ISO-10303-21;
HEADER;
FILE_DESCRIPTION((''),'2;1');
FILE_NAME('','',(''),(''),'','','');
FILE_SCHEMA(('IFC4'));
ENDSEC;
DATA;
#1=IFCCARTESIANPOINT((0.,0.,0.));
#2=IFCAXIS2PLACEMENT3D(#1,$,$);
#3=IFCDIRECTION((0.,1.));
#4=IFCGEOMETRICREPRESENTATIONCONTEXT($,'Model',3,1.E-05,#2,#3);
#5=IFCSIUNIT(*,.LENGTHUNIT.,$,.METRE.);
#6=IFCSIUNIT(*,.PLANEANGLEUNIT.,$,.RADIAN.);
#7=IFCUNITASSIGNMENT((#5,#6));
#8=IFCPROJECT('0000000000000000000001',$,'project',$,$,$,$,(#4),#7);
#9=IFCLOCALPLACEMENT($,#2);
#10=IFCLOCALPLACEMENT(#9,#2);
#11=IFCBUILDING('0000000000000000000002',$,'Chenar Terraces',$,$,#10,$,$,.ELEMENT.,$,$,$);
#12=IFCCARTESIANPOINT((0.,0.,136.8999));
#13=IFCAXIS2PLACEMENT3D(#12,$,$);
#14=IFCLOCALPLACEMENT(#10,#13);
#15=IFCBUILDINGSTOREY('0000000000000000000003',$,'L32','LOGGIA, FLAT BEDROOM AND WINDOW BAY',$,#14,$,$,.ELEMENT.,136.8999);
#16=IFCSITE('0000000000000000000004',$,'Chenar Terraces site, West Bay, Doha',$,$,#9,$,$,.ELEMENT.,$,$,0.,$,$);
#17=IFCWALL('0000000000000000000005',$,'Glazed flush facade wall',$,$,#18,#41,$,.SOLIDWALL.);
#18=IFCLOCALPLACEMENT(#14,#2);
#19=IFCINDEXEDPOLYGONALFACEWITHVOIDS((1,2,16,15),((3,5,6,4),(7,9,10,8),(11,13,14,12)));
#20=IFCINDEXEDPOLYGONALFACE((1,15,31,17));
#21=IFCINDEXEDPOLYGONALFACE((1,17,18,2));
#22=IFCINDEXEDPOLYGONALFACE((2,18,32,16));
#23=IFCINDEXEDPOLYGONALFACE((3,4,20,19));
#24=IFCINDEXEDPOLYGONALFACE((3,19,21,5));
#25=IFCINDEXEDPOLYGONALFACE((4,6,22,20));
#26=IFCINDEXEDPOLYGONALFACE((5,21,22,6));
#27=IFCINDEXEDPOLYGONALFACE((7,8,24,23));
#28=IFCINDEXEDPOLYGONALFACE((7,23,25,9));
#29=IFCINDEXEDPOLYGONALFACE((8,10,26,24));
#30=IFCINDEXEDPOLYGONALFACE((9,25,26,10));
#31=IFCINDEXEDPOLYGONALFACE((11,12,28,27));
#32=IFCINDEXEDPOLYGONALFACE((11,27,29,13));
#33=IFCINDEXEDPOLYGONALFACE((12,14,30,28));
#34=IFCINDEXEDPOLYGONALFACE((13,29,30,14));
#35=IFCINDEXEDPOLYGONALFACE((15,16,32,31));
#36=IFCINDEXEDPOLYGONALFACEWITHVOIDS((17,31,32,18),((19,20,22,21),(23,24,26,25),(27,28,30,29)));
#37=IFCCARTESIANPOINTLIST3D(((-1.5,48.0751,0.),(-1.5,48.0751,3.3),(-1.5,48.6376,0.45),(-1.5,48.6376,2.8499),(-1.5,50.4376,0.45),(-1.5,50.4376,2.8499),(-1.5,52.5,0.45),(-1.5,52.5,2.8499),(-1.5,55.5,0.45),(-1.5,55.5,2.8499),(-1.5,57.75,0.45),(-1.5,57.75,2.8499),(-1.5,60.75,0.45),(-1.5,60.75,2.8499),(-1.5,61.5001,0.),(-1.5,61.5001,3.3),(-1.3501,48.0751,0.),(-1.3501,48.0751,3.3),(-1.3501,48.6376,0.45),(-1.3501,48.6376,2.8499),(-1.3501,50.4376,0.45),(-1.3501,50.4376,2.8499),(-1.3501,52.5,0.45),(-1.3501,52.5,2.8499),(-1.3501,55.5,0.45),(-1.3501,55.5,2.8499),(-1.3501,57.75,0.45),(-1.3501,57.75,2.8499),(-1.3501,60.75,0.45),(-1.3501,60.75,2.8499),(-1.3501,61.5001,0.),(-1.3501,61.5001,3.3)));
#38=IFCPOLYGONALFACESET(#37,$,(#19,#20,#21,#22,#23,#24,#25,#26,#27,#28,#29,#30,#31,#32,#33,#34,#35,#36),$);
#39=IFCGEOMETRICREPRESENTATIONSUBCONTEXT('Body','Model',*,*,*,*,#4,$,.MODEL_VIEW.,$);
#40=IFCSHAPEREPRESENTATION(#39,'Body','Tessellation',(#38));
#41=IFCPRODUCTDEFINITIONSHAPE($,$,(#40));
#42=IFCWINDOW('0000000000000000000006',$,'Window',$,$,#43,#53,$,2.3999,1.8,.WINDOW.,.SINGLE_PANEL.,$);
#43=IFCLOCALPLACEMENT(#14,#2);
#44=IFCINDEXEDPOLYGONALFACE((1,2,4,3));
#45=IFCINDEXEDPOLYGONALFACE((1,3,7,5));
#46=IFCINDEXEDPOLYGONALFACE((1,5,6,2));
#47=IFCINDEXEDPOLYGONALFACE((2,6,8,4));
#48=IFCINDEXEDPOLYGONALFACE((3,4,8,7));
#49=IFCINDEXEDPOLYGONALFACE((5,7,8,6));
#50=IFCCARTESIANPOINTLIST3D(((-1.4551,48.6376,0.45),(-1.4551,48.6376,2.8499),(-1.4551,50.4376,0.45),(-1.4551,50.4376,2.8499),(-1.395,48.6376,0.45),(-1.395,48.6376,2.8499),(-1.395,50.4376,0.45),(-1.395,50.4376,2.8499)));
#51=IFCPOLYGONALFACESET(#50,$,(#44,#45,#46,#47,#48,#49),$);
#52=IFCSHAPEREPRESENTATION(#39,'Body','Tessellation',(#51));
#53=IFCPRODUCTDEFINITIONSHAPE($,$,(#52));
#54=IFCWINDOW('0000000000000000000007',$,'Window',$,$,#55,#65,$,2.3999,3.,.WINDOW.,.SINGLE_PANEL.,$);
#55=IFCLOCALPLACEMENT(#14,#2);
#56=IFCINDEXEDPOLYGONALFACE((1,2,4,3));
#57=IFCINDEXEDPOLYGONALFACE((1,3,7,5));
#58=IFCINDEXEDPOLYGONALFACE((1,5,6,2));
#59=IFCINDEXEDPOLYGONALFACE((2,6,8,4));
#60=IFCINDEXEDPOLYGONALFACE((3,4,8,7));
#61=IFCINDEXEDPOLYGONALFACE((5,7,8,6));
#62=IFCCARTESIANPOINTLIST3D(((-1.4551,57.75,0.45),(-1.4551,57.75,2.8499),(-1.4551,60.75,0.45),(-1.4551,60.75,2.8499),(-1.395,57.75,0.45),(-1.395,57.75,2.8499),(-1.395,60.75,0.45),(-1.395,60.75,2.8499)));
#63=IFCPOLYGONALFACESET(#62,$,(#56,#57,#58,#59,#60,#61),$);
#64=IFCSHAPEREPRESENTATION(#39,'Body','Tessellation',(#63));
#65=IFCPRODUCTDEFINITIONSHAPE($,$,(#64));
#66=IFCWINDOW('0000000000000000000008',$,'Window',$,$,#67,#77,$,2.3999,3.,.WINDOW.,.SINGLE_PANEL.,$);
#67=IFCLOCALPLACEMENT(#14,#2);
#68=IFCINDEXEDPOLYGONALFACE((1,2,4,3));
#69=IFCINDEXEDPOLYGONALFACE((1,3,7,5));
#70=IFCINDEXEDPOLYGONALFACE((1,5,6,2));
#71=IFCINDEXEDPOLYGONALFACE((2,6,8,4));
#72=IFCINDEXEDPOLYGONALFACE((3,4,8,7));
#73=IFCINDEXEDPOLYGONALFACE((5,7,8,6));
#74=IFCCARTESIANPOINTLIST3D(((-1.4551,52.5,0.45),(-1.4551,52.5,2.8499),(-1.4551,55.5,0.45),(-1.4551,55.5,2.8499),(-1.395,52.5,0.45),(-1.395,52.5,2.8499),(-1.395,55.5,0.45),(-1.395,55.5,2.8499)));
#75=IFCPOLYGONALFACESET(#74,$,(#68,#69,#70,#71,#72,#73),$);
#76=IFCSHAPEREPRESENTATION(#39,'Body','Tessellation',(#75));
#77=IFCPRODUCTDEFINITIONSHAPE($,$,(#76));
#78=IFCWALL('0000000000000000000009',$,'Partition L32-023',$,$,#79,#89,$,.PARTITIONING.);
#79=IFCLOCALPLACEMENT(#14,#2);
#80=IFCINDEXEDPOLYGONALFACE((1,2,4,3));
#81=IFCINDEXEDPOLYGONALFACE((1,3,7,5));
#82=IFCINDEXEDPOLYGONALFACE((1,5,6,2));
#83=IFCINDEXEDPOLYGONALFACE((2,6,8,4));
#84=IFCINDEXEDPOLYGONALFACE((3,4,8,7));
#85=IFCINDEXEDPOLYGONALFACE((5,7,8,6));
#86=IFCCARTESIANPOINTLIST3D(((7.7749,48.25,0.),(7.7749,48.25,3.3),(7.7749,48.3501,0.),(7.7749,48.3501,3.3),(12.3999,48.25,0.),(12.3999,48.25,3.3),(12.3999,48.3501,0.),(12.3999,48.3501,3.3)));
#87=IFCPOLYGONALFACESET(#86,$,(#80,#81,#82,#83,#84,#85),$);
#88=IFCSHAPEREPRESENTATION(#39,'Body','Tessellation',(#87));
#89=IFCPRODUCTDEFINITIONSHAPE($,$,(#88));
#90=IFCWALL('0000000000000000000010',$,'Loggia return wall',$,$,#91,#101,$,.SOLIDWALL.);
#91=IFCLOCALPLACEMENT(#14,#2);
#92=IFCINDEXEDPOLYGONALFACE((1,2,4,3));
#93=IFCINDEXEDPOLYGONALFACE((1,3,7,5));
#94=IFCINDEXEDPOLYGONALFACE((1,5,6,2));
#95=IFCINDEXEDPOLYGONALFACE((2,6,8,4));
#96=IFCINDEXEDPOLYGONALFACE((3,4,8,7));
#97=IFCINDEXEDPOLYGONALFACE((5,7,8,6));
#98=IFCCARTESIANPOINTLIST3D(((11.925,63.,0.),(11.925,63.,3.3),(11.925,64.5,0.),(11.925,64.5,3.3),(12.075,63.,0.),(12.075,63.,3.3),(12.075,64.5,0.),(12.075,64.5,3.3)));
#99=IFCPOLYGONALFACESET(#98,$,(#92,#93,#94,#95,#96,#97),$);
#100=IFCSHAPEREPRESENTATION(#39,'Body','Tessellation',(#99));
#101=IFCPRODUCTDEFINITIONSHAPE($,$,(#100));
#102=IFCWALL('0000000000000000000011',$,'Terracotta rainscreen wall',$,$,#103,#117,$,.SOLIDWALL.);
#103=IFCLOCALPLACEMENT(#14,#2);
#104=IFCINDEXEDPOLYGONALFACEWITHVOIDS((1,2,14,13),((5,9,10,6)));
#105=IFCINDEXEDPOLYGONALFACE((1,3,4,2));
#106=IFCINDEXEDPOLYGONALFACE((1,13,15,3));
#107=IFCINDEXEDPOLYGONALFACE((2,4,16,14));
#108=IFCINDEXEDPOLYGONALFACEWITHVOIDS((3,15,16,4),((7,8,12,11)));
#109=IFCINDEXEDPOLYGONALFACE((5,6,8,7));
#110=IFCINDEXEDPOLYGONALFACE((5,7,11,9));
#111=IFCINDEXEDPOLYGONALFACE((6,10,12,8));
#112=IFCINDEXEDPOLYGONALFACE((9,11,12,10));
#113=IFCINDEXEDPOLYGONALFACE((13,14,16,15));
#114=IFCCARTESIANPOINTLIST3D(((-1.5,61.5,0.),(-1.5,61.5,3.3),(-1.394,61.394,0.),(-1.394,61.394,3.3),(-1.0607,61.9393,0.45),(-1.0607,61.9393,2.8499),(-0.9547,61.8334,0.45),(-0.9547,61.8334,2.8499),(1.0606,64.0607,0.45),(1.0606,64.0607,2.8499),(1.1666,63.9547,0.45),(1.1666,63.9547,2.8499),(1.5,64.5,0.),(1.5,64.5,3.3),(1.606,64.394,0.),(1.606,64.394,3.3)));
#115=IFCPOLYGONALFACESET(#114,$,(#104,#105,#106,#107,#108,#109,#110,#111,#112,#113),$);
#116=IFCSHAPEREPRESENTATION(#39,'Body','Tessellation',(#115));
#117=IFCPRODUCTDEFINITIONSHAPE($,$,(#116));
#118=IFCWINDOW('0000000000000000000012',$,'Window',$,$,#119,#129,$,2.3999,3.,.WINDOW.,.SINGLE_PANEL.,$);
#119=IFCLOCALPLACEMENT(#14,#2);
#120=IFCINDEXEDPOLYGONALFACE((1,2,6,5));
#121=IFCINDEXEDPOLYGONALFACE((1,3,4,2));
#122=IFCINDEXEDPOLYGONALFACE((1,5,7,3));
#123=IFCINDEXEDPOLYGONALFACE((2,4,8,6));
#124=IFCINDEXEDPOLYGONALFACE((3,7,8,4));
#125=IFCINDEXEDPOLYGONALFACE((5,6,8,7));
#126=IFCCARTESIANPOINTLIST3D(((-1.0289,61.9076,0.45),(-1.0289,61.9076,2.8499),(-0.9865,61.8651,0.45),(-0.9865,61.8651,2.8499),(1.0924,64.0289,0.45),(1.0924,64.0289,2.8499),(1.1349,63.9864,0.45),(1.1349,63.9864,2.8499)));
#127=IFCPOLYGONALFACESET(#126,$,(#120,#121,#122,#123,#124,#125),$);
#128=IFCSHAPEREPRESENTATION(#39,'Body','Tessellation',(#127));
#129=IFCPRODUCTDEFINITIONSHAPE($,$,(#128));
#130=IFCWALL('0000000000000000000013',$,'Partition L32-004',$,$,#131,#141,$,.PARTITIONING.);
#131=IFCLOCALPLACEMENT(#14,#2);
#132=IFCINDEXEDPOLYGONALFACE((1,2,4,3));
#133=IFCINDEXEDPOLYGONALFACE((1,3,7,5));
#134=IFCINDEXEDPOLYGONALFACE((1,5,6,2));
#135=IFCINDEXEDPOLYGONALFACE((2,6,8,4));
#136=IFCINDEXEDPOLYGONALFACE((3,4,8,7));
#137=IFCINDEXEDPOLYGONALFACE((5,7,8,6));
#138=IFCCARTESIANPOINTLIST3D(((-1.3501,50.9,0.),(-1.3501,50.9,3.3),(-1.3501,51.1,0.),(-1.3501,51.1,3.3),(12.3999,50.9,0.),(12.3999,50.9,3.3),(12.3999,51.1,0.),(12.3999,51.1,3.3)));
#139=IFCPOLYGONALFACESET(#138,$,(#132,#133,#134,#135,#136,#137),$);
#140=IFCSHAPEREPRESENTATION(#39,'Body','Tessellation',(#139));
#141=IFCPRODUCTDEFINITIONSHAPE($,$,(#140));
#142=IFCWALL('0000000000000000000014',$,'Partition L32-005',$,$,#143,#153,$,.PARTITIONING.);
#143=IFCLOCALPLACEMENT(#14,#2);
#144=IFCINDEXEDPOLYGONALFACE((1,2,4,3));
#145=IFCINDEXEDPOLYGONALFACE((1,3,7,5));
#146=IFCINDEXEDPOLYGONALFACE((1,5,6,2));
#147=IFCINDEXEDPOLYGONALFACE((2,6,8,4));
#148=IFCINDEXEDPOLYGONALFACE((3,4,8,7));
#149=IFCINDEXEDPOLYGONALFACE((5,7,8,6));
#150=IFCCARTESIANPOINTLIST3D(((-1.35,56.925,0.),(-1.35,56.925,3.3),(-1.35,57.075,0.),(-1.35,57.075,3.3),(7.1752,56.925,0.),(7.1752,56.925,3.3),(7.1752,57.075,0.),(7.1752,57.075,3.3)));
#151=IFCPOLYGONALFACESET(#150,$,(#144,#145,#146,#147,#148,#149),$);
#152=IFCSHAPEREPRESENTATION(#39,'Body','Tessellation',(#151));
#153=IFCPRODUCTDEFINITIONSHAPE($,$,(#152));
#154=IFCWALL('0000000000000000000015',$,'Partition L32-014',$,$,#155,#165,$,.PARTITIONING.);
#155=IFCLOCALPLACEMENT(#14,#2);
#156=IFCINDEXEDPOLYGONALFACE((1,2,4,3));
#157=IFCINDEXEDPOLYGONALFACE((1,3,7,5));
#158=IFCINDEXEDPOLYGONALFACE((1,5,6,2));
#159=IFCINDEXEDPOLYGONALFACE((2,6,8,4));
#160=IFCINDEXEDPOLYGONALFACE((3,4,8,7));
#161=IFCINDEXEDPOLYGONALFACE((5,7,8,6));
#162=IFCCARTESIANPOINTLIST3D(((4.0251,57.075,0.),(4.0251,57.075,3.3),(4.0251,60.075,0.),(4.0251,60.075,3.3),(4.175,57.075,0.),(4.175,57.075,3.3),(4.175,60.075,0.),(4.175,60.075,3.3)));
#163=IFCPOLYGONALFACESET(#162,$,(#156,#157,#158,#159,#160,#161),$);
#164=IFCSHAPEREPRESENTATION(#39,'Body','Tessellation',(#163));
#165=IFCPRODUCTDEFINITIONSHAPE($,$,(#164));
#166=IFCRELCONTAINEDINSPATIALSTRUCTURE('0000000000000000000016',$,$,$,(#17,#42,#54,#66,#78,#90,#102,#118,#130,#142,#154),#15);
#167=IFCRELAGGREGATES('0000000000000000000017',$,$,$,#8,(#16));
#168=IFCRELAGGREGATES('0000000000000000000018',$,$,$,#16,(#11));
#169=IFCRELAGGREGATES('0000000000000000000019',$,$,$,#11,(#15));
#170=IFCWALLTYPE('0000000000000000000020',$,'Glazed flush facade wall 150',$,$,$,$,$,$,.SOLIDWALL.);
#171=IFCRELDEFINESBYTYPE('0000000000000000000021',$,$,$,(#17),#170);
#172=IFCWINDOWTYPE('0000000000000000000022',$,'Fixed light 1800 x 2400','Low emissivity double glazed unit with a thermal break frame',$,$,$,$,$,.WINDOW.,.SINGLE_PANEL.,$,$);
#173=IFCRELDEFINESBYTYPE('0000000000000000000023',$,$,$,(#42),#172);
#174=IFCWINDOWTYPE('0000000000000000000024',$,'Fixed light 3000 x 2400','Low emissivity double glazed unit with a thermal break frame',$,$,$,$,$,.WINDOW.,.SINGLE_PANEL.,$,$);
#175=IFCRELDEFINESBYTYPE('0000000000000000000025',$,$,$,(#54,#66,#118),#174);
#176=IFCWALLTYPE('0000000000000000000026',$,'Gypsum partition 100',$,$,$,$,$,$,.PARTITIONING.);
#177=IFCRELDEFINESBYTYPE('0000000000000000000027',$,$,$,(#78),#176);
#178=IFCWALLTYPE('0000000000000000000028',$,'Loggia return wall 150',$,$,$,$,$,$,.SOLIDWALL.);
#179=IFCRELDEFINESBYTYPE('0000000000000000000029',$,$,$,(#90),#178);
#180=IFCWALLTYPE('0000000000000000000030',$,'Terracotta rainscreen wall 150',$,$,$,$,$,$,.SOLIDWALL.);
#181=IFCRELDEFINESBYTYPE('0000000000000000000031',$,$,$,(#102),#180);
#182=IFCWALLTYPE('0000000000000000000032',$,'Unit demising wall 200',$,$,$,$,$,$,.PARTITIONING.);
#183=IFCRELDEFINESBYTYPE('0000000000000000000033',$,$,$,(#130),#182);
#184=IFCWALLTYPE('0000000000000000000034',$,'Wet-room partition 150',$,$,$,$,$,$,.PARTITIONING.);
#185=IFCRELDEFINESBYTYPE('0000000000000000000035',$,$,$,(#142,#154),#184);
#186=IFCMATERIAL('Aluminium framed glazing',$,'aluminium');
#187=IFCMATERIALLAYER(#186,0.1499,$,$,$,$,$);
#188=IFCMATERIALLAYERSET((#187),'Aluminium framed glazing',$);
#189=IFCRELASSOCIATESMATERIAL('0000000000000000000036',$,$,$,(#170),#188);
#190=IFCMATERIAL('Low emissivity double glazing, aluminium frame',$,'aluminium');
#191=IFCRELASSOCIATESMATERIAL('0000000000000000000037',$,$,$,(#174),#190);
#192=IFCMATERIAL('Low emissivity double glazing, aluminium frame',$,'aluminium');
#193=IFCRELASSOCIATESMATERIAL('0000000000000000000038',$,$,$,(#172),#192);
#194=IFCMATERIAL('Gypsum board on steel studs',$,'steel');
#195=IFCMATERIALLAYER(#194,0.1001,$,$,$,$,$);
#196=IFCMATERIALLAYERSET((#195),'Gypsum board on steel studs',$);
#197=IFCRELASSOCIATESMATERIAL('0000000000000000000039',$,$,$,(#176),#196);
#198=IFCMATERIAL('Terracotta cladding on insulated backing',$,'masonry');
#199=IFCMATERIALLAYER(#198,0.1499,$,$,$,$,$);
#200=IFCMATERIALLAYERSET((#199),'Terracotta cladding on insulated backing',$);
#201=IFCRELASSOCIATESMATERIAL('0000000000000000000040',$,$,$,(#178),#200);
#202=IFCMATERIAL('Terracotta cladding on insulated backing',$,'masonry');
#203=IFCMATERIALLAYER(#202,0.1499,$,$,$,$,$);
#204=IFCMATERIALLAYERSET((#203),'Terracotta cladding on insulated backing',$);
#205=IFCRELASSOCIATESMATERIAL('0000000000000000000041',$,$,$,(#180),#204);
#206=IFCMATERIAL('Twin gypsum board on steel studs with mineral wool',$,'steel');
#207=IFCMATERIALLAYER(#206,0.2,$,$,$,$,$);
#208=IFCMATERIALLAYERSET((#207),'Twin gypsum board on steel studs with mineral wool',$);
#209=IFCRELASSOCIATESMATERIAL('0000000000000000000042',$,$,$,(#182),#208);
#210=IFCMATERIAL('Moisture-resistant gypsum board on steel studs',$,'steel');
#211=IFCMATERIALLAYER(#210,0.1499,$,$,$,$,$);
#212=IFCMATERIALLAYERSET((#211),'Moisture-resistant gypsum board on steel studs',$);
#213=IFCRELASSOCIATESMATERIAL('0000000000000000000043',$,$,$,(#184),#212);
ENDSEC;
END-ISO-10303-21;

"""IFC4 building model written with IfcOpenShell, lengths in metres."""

from ifc_helpers import new_model, si_unit, direction, frame, frame_2d, origin, place, context, subcontext, project, spatial, rectangle, extrude, material, layer, layer_set, type_object, element, fill, save


model = new_model("IFC4")

# Units and contexts
model_context = context("Model", 3, precision=1e-05, world=origin(), true_north=direction((0.0, 1.0)))
body_context = subcontext(model_context, "Body", "Model", "MODEL_VIEW")
ifc_project = project(units=[si_unit("LENGTHUNIT", "METRE"), si_unit("PLANEANGLEUNIT", "RADIAN")], contexts=[model_context])

# Site, building, storey
site_placement = place(None, origin())
site = spatial("IfcSite", under=ifc_project, at=site_placement, Name="Chenar Terraces site, West Bay, Doha", CompositionType="ELEMENT", RefElevation=0.0)
building_placement = place(site_placement, origin())
building = spatial("IfcBuilding", under=site, at=building_placement, Name="Chenar Terraces", CompositionType="ELEMENT")
storey_placement = place(building_placement, frame((0.0, 0.0, 136.8999)))
storey = spatial("IfcBuildingStorey", under=building, at=storey_placement, Name="L32", Description="LOGGIA, FLAT BEDROOM AND WINDOW BAY", CompositionType="ELEMENT", Elevation=136.8999)

# Wall, openings, windows
ifc_material_1 = material(Name="Aluminium framed glazing", Category="aluminium")
ifc_layer_1 = layer(ifc_material_1, 0.1499)
ifc_layer_set_1 = layer_set([ifc_layer_1], Name="Aluminium framed glazing")
wall_type_1 = type_object("IfcWallType", Name="Glazed flush facade wall 150", PredefinedType="SOLIDWALL", material=ifc_layer_set_1)
ifc_material_2 = material(Name="Low emissivity double glazing, aluminium frame", Category="aluminium")
window_type_1 = type_object("IfcWindowType", Name="Fixed light 3000 x 2400", Description="Low emissivity double glazed unit with a thermal break frame", PartitioningType="SINGLE_PANEL", PredefinedType="WINDOW", material=ifc_material_2)
wall_1_placement = place(storey_placement, frame((-1.425, 61.5, 0.0), z_axis=(0.0, 0.0, 1.0), x_axis=(0.0, -1.0, 0.0)))
wall_1 = element("IfcWall", 1, at=wall_1_placement, inside=storey, type_object=wall_type_1, Name="Glazed flush facade wall", PredefinedType="SOLIDWALL", context=body_context, shape_type="SweptSolid", body=[
    extrude(rectangle(XDim=13.425, YDim=0.1499, at=frame_2d((6.7124, 0.0))), origin(), (0.0, 0.0, 1.0), 3.3),
])
opening_1_placement = place(wall_1_placement, frame((0.75, 0.0, 0.45)))
opening_1 = element("IfcOpeningElement", 2, at=opening_1_placement, cuts=wall_1, PredefinedType="OPENING", context=body_context, shape_type="SweptSolid", body=[
    extrude(rectangle(XDim=3.0, YDim=2.3999, at=frame_2d((1.5, 1.2))), frame((0.0, 0.085, 0.0), z_axis=(0.0, -1.0, 0.0), x_axis=(1.0, 0.0, 0.0)), (0.0, 0.0, 1.0), 0.1699),
])
opening_2_placement = place(wall_1_placement, frame((6.0, 0.0, 0.45)))
opening_2 = element("IfcOpeningElement", 3, at=opening_2_placement, cuts=wall_1, PredefinedType="OPENING", context=body_context, shape_type="SweptSolid", body=[
    extrude(rectangle(XDim=3.0, YDim=2.3999, at=frame_2d((1.5, 1.2))), frame((0.0, 0.085, 0.0), z_axis=(0.0, -1.0, 0.0), x_axis=(1.0, 0.0, 0.0)), (0.0, 0.0, 1.0), 0.1699),
])
opening_3_placement = place(wall_1_placement, frame((11.0625, 0.0, 0.45)))
opening_3 = element("IfcOpeningElement", 4, at=opening_3_placement, cuts=wall_1, PredefinedType="OPENING", context=body_context, shape_type="SweptSolid", body=[
    extrude(rectangle(XDim=1.8, YDim=2.3999, at=frame_2d((0.8999, 1.2))), frame((0.0, 0.085, 0.0), z_axis=(0.0, -1.0, 0.0), x_axis=(1.0, 0.0, 0.0)), (0.0, 0.0, 1.0), 0.1699),
])
ifc_material_3 = material(Name="Low emissivity double glazing, aluminium frame", Category="aluminium")
window_type_2 = type_object("IfcWindowType", Name="Fixed light 1800 x 2400", Description="Low emissivity double glazed unit with a thermal break frame", PartitioningType="SINGLE_PANEL", PredefinedType="WINDOW", material=ifc_material_3)
window_1_placement = place(opening_3_placement, origin())
window_1 = element("IfcWindow", 5, at=window_1_placement, inside=storey, type_object=window_type_2, Name="Window", OverallHeight=2.3999, OverallWidth=1.8, PartitioningType="SINGLE_PANEL", PredefinedType="WINDOW", context=body_context, shape_type="SweptSolid", body=[
    extrude(rectangle(XDim=1.8, YDim=2.3999, at=frame_2d((0.8999, 1.2))), frame((0.0, 0.03, 0.0), z_axis=(0.0, -1.0, 0.0), x_axis=(1.0, 0.0, 0.0)), (0.0, 0.0, 1.0), 0.0601),
])
fill(opening_3, window_1)
window_2_placement = place(opening_1_placement, origin())
window_2 = element("IfcWindow", 6, at=window_2_placement, inside=storey, type_object=window_type_1, Name="Window", OverallHeight=2.3999, OverallWidth=3.0, PartitioningType="SINGLE_PANEL", PredefinedType="WINDOW", context=body_context, shape_type="SweptSolid", body=[
    extrude(rectangle(XDim=3.0, YDim=2.3999, at=frame_2d((1.5, 1.2))), frame((0.0, 0.03, 0.0), z_axis=(0.0, -1.0, 0.0), x_axis=(1.0, 0.0, 0.0)), (0.0, 0.0, 1.0), 0.0601),
])
fill(opening_1, window_2)
window_3_placement = place(opening_2_placement, origin())
window_3 = element("IfcWindow", 7, at=window_3_placement, inside=storey, type_object=window_type_1, Name="Window", OverallHeight=2.3999, OverallWidth=3.0, PartitioningType="SINGLE_PANEL", PredefinedType="WINDOW", context=body_context, shape_type="SweptSolid", body=[
    extrude(rectangle(XDim=3.0, YDim=2.3999, at=frame_2d((1.5, 1.2))), frame((0.0, 0.03, 0.0), z_axis=(0.0, -1.0, 0.0), x_axis=(1.0, 0.0, 0.0)), (0.0, 0.0, 1.0), 0.0601),
])
fill(opening_2, window_3)

# Walls
ifc_material_4 = material(Name="Gypsum board on steel studs", Category="steel")
ifc_layer_2 = layer(ifc_material_4, 0.1001)
ifc_layer_set_2 = layer_set([ifc_layer_2], Name="Gypsum board on steel studs")
wall_type_2 = type_object("IfcWallType", Name="Gypsum partition 100", PredefinedType="PARTITIONING", material=ifc_layer_set_2)
wall_2_placement = place(storey_placement, frame((7.7749, 48.3, 0.0), z_axis=(0.0, 0.0, 1.0), x_axis=(1.0, 0.0, 0.0)))
element("IfcWall", 8, at=wall_2_placement, inside=storey, type_object=wall_type_2, Name="Partition L32-023", PredefinedType="PARTITIONING", context=body_context, shape_type="SweptSolid", body=[
    extrude(rectangle(XDim=4.625, YDim=0.1001, at=frame_2d((2.3125, 0.0))), origin(), (0.0, 0.0, 1.0), 3.3),
])
ifc_material_5 = material(Name="Terracotta cladding on insulated backing", Category="masonry")
ifc_layer_3 = layer(ifc_material_5, 0.1499)
ifc_layer_set_3 = layer_set([ifc_layer_3], Name="Terracotta cladding on insulated backing")
wall_type_3 = type_object("IfcWallType", Name="Loggia return wall 150", PredefinedType="SOLIDWALL", material=ifc_layer_set_3)
wall_3_placement = place(storey_placement, frame((12.0, 64.5, 0.0), z_axis=(0.0, 0.0, 1.0), x_axis=(0.0, -1.0, 0.0)))
element("IfcWall", 9, at=wall_3_placement, inside=storey, type_object=wall_type_3, Name="Loggia return wall", PredefinedType="SOLIDWALL", context=body_context, shape_type="SweptSolid", body=[
    extrude(rectangle(XDim=1.5, YDim=0.1499, at=frame_2d((0.75, 0.0))), origin(), (0.0, 0.0, 1.0), 3.3),
])

# Wall, opening, window
ifc_material_6 = material(Name="Terracotta cladding on insulated backing", Category="masonry")
ifc_layer_4 = layer(ifc_material_6, 0.1499)
ifc_layer_set_4 = layer_set([ifc_layer_4], Name="Terracotta cladding on insulated backing")
wall_type_4 = type_object("IfcWallType", Name="Terracotta rainscreen wall 150", PredefinedType="SOLIDWALL", material=ifc_layer_set_4)
wall_4_placement = place(storey_placement, frame((1.553, 64.447, 0.0), z_axis=(0.0, 0.0, 1.0), x_axis=(-0.707107, -0.707107, 0.0)))
wall_4 = element("IfcWall", 10, at=wall_4_placement, inside=storey, type_object=wall_type_4, Name="Terracotta rainscreen wall", PredefinedType="SOLIDWALL", context=body_context, shape_type="SweptSolid", body=[
    extrude(rectangle(XDim=4.2427, YDim=0.1499, at=frame_2d((2.1213, 0.0))), origin(), (0.0, 0.0, 1.0), 3.3),
])
opening_4_placement = place(wall_4_placement, frame((0.6213, 0.0, 0.45)))
opening_4 = element("IfcOpeningElement", 11, at=opening_4_placement, cuts=wall_4, PredefinedType="OPENING", context=body_context, shape_type="SweptSolid", body=[
    extrude(rectangle(XDim=3.0, YDim=2.3999, at=frame_2d((1.5, 1.2))), frame((0.0, 0.085, 0.0), z_axis=(0.0, -1.0, 0.0), x_axis=(1.0, 0.0, 0.0)), (0.0, 0.0, 1.0), 0.1699),
])
window_4_placement = place(opening_4_placement, origin())
window_4 = element("IfcWindow", 12, at=window_4_placement, inside=storey, type_object=window_type_1, Name="Window", OverallHeight=2.3999, OverallWidth=3.0, PartitioningType="SINGLE_PANEL", PredefinedType="WINDOW", context=body_context, shape_type="SweptSolid", body=[
    extrude(rectangle(XDim=3.0, YDim=2.3999, at=frame_2d((1.5, 1.2))), frame((0.0, 0.03, 0.0), z_axis=(0.0, -1.0, 0.0), x_axis=(1.0, 0.0, 0.0)), (0.0, 0.0, 1.0), 0.0601),
])
fill(opening_4, window_4)

# Walls
ifc_material_7 = material(Name="Twin gypsum board on steel studs with mineral wool", Category="steel")
ifc_layer_5 = layer(ifc_material_7, 0.2)
ifc_layer_set_5 = layer_set([ifc_layer_5], Name="Twin gypsum board on steel studs with mineral wool")
wall_type_5 = type_object("IfcWallType", Name="Unit demising wall 200", PredefinedType="PARTITIONING", material=ifc_layer_set_5)
wall_5_placement = place(storey_placement, frame((-1.3501, 51.0, 0.0), z_axis=(0.0, 0.0, 1.0), x_axis=(1.0, 0.0, 0.0)))
element("IfcWall", 13, at=wall_5_placement, inside=storey, type_object=wall_type_5, Name="Partition L32-004", PredefinedType="PARTITIONING", context=body_context, shape_type="SweptSolid", body=[
    extrude(rectangle(XDim=13.75, YDim=0.2, at=frame_2d((6.875, 0.0))), origin(), (0.0, 0.0, 1.0), 3.3),
])
ifc_material_8 = material(Name="Moisture-resistant gypsum board on steel studs", Category="steel")
ifc_layer_6 = layer(ifc_material_8, 0.1499)
ifc_layer_set_6 = layer_set([ifc_layer_6], Name="Moisture-resistant gypsum board on steel studs")
wall_type_6 = type_object("IfcWallType", Name="Wet-room partition 150", PredefinedType="PARTITIONING", material=ifc_layer_set_6)
wall_6_placement = place(storey_placement, frame((-1.3501, 57.0, 0.0), z_axis=(0.0, 0.0, 1.0), x_axis=(1.0, 0.0, 0.0)))
element("IfcWall", 14, at=wall_6_placement, inside=storey, type_object=wall_type_6, Name="Partition L32-005", PredefinedType="PARTITIONING", context=body_context, shape_type="SweptSolid", body=[
    extrude(rectangle(XDim=8.5251, YDim=0.1499, at=frame_2d((4.2627, 0.0))), origin(), (0.0, 0.0, 1.0), 3.3),
])
wall_7_placement = place(storey_placement, frame((4.1001, 57.075, 0.0), z_axis=(0.0, 0.0, 1.0), x_axis=(0.0, 1.0, 0.0)))
element("IfcWall", 15, at=wall_7_placement, inside=storey, type_object=wall_type_6, Name="Partition L32-014", PredefinedType="PARTITIONING", context=body_context, shape_type="SweptSolid", body=[
    extrude(rectangle(XDim=3.0, YDim=0.1499, at=frame_2d((1.5, 0.0))), origin(), (0.0, 0.0, 1.0), 3.3),
])

save(model, "model.ifc")
